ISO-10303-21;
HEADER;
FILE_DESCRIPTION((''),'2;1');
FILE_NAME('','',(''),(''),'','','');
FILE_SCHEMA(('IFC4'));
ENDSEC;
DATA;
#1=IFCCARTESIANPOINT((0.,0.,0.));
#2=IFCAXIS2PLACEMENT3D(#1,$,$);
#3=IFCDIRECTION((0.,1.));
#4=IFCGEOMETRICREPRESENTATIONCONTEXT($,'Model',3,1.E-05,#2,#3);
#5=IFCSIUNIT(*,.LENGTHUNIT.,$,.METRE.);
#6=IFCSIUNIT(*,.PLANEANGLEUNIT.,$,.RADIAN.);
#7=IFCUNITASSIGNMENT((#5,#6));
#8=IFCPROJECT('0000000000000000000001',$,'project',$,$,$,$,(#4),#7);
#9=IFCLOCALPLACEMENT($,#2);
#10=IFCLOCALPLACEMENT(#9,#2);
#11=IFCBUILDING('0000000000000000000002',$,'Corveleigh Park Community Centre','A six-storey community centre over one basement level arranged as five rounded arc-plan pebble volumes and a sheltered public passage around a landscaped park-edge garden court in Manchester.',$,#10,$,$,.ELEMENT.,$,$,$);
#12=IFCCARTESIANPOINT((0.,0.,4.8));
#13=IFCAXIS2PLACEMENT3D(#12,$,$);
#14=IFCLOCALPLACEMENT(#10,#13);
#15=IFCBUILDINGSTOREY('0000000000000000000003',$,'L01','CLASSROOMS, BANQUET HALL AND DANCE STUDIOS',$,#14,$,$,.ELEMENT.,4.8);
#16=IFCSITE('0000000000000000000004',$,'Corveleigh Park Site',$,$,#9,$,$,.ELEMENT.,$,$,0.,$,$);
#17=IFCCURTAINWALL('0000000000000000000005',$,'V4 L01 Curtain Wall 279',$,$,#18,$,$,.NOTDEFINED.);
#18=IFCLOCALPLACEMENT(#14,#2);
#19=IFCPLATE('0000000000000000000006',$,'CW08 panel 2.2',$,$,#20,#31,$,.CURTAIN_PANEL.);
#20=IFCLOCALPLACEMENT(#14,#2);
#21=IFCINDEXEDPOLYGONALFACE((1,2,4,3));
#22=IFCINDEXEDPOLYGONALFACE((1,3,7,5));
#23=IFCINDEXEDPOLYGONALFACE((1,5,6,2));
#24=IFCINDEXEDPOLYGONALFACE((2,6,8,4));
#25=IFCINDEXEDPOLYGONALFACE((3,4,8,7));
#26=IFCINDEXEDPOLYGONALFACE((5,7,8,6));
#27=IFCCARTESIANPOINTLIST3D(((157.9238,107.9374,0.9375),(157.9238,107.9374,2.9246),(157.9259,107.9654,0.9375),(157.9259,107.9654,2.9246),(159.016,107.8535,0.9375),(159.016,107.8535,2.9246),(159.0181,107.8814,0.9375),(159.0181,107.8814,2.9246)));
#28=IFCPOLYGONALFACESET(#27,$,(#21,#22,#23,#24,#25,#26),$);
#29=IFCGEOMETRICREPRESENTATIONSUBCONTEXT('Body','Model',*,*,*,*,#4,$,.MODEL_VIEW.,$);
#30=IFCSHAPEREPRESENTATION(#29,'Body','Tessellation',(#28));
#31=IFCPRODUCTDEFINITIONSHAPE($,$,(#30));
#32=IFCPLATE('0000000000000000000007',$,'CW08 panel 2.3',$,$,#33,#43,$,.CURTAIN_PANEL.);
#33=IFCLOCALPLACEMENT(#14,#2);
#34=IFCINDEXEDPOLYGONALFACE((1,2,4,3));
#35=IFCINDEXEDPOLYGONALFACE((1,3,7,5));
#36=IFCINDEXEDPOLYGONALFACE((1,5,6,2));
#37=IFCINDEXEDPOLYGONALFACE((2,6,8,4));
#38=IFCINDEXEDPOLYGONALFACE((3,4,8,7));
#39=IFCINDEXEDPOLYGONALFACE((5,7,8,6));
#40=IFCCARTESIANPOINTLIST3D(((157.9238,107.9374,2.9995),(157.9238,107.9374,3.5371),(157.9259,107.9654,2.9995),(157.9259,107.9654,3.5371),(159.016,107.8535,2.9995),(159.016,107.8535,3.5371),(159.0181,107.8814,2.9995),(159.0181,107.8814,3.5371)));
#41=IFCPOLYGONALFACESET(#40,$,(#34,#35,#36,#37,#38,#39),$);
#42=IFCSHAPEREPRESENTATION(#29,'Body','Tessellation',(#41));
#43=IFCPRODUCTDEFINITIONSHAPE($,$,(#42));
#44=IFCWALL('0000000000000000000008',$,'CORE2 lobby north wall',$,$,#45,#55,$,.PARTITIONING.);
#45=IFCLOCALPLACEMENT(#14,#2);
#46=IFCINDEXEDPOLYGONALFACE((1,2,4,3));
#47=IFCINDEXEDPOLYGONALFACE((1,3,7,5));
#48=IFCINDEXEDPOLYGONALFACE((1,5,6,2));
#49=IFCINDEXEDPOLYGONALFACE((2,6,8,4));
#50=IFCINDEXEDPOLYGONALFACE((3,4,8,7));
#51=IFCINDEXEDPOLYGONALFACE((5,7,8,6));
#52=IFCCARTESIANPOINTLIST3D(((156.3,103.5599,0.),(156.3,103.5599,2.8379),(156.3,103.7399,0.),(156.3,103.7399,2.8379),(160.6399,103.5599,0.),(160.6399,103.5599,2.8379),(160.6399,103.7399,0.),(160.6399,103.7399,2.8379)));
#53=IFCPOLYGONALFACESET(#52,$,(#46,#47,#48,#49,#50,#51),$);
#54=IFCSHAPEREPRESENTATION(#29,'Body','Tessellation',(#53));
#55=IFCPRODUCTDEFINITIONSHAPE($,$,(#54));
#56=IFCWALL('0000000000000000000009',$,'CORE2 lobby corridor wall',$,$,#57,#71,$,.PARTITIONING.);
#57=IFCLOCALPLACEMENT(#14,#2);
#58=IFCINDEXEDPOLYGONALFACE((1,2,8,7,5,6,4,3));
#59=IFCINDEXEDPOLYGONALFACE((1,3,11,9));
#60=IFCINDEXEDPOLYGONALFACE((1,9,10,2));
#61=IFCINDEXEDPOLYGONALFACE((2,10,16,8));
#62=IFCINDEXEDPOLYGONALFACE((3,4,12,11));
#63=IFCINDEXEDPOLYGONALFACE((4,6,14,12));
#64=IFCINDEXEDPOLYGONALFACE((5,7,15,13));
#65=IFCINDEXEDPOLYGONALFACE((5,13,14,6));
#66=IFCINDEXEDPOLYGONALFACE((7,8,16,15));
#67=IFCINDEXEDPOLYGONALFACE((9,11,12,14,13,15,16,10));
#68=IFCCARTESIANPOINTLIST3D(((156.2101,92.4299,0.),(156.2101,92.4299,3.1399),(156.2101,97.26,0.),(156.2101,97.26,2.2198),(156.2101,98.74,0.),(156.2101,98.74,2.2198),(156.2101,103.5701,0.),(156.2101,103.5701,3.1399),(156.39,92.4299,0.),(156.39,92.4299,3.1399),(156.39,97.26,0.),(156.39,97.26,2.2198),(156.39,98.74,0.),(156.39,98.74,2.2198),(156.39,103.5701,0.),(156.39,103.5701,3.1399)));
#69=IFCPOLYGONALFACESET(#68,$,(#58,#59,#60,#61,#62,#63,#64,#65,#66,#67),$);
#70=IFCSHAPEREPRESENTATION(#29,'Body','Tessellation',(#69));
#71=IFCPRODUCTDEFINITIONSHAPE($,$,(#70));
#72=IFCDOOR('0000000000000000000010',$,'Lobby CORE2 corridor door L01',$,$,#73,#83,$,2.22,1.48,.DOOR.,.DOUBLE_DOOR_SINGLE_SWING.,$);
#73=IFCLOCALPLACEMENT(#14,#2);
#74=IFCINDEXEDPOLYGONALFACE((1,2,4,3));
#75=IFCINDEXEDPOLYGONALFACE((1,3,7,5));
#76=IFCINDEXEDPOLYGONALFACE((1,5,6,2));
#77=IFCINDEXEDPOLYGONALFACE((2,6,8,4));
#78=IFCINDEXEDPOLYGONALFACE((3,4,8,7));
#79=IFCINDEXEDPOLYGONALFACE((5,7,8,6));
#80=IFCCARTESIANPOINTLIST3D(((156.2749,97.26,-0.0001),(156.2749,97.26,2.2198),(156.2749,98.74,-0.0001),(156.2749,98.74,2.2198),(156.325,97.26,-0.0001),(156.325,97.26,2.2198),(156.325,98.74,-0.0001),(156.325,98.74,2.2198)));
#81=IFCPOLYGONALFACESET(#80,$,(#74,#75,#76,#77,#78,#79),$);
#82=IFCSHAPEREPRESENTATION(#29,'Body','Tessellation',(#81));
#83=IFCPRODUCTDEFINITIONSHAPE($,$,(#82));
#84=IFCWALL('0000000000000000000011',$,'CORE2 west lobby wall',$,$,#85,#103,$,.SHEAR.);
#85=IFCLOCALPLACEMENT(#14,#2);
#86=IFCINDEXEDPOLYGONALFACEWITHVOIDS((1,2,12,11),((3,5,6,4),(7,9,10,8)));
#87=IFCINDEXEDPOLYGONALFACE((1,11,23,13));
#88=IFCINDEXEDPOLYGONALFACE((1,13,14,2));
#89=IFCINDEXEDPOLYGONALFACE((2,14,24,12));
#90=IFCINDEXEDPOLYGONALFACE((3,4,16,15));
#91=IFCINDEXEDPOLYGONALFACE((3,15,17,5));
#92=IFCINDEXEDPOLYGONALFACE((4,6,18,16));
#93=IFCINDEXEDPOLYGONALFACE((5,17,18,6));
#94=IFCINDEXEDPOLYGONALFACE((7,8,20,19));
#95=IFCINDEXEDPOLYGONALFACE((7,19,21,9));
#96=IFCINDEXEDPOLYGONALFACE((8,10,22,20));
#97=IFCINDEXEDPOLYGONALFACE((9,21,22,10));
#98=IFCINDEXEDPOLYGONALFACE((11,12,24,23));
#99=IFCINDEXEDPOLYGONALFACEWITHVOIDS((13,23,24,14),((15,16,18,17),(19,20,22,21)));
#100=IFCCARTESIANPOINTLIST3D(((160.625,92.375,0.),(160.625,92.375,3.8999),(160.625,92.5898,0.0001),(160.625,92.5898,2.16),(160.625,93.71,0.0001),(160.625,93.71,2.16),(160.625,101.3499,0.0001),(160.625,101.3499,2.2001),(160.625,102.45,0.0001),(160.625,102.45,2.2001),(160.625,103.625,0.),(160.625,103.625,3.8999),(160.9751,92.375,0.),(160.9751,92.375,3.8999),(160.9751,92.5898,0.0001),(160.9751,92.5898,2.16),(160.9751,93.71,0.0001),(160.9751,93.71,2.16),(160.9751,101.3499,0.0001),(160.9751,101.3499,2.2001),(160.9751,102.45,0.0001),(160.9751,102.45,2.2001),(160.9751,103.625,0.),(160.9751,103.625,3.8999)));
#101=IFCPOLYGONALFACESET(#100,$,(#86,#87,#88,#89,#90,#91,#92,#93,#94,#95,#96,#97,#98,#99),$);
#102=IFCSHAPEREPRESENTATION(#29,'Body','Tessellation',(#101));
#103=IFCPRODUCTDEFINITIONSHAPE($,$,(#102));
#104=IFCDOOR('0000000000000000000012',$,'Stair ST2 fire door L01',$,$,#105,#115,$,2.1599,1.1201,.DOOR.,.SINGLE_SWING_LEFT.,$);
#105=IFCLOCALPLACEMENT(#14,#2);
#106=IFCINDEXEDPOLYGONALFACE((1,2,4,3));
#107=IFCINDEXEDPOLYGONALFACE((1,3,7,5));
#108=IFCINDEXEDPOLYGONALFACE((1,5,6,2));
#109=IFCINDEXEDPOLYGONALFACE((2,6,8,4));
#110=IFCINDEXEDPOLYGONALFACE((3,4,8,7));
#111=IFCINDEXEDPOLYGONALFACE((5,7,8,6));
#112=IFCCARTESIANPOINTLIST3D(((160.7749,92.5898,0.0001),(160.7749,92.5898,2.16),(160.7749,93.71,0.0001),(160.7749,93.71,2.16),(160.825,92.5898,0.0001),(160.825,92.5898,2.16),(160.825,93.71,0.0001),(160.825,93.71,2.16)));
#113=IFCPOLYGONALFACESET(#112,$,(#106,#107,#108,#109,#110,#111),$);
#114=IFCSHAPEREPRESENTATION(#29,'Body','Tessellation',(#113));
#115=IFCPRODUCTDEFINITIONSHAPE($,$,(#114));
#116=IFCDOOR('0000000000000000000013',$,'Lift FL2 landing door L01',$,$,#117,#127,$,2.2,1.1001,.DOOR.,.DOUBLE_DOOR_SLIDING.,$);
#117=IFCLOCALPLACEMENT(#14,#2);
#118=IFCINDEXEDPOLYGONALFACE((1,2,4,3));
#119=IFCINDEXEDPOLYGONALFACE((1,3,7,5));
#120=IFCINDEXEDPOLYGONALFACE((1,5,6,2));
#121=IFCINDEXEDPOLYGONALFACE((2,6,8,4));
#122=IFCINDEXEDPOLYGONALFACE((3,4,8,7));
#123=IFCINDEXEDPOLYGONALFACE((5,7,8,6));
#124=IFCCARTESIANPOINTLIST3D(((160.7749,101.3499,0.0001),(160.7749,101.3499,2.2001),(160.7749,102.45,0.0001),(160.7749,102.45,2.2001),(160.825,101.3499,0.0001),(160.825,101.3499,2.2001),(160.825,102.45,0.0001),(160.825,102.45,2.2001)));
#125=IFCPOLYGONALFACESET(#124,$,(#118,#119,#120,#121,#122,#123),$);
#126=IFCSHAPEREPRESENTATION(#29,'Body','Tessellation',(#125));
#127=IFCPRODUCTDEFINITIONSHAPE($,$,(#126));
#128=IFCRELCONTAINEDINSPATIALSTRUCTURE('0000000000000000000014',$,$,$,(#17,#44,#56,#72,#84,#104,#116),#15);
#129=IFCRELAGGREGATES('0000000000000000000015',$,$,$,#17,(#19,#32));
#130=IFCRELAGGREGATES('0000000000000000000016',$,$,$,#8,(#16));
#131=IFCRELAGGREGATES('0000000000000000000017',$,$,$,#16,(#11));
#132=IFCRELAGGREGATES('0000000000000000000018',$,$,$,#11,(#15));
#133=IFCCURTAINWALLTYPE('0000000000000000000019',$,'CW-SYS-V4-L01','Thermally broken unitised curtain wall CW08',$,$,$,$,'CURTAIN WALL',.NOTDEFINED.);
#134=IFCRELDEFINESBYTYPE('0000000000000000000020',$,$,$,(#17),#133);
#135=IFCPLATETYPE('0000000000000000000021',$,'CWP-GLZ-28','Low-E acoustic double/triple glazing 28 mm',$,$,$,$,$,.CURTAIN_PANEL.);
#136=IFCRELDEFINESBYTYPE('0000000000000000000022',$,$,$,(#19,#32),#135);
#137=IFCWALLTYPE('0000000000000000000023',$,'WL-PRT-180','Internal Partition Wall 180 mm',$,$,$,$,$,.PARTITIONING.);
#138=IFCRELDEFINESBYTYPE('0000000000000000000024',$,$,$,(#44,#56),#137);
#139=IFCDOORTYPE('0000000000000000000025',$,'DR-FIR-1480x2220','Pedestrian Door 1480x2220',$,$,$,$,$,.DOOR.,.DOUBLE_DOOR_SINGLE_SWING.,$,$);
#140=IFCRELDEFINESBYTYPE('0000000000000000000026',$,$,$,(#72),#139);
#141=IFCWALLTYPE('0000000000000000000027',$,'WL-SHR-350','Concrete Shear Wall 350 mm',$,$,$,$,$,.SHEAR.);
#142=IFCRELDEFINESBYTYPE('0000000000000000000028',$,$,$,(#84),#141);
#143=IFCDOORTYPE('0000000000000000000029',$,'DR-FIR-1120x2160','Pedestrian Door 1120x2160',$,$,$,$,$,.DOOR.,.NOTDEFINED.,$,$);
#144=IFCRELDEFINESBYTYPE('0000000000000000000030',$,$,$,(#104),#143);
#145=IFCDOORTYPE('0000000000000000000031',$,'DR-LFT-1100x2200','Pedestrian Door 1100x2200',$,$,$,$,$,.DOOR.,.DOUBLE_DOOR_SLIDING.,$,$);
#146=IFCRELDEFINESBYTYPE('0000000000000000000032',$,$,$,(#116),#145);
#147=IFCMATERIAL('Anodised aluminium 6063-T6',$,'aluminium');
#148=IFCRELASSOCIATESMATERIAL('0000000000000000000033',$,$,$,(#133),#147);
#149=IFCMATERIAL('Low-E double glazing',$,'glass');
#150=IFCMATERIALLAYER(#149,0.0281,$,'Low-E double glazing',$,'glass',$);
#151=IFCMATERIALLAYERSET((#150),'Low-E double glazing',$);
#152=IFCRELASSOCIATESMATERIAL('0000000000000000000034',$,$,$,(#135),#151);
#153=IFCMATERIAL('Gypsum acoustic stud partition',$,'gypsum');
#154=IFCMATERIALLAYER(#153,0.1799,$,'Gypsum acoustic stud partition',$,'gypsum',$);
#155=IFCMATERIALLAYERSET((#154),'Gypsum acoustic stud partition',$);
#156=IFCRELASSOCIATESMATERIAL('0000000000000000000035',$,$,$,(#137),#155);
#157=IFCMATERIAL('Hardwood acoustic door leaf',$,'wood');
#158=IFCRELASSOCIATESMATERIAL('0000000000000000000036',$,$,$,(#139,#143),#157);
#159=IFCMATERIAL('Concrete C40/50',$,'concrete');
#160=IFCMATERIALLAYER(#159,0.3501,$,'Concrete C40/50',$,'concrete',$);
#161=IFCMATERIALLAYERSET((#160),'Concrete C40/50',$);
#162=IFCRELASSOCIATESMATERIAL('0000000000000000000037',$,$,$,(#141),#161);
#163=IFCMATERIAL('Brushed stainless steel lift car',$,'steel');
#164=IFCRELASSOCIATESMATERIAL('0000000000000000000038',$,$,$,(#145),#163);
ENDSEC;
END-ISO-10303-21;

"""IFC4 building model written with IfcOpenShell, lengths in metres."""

from ifc_helpers import new_model, si_unit, direction, frame, frame_2d, origin, origin_2d, place, context, subcontext, project, spatial, rectangle, extrude, material, layer, layer_set, type_object, element, fill, aggregate, save


model = new_model("IFC4")

# Units and contexts
model_context = context("Model", 3, precision=1e-05, world=origin(), true_north=direction((0.0, 1.0)))
body_context = subcontext(model_context, "Body", "Model", "MODEL_VIEW")
ifc_project = project(units=[si_unit("LENGTHUNIT", "METRE"), si_unit("PLANEANGLEUNIT", "RADIAN")], contexts=[model_context])

# Site, building, storey
site_placement = place(None, origin())
site = spatial("IfcSite", under=ifc_project, at=site_placement, Name="Corveleigh Park Site", CompositionType="ELEMENT", RefElevation=0.0)
building_placement = place(site_placement, origin())
building = spatial("IfcBuilding", under=site, at=building_placement, Name="Corveleigh Park Community Centre", Description="A six-storey community centre over one basement level arranged as five rounded arc-plan pebble volumes and a sheltered public passage around a landscaped park-edge garden court in Manchester.", CompositionType="ELEMENT")
storey_placement = place(building_placement, frame((0.0, 0.0, 4.8)))
storey = spatial("IfcBuildingStorey", under=building, at=storey_placement, Name="L01", Description="CLASSROOMS, BANQUET HALL AND DANCE STUDIOS", CompositionType="ELEMENT", Elevation=4.8)

# Shared definitions
ifc_material_1 = material(Name="Concrete C40/50", Category="concrete")

# Shared definitions
ifc_material_2 = material(Name="Anodised aluminium 6063-T6", Category="aluminium")
curtain_wall_type = type_object("IfcCurtainWallType", Name="CW-SYS-V4-L01", Description="Thermally broken unitised curtain wall CW08", ElementType="CURTAIN WALL", PredefinedType="NOTDEFINED", material=ifc_material_2)

# Curtain wall
curtain_wall_1_placement = place(storey_placement, origin())
curtain_wall_1 = element("IfcCurtainWall", 1, at=curtain_wall_1_placement, inside=storey, type_object=curtain_wall_type, Name="V4 L01 Curtain Wall 279", PredefinedType="NOTDEFINED")

# Plates
ifc_material_3 = material(Name="Low-E double glazing", Category="glass")
ifc_layer_1 = layer(ifc_material_3, 0.0281, Name="Low-E double glazing", Category="glass")
ifc_layer_set_1 = layer_set([ifc_layer_1], Name="Low-E double glazing")
plate_type_1 = type_object("IfcPlateType", Name="CWP-GLZ-28", Description="Low-E acoustic double/triple glazing 28 mm", PredefinedType="CURTAIN_PANEL", material=ifc_layer_set_1)
plate_1_placement = place(storey_placement, frame((158.4709, 107.9094, 0.9375), z_axis=(0.0, 0.0, 1.0), x_axis=(0.997059, -0.076633, 0.0)))
plate_1 = element("IfcPlate", 2, at=plate_1_placement, type_object=plate_type_1, Name="CW08 panel 2.2", PredefinedType="CURTAIN_PANEL", context=body_context, shape_type="SweptSolid", body=[
    extrude(rectangle(XDim=1.0955, YDim=0.0281, at=origin_2d()), origin(), (0.0, 0.0, 1.0), 1.9871),
])
plate_2_placement = place(storey_placement, frame((158.4709, 107.9094, 2.9995), z_axis=(0.0, 0.0, 1.0), x_axis=(0.997059, -0.076633, 0.0)))
plate_2 = element("IfcPlate", 3, at=plate_2_placement, type_object=plate_type_1, Name="CW08 panel 2.3", PredefinedType="CURTAIN_PANEL", context=body_context, shape_type="SweptSolid", body=[
    extrude(rectangle(XDim=1.0955, YDim=0.0281, at=origin_2d()), origin(), (0.0, 0.0, 1.0), 0.5376),
])
aggregate(curtain_wall_1, [plate_1, plate_2])

# Wall
ifc_material_4 = material(Name="Gypsum acoustic stud partition", Category="gypsum")
ifc_layer_2 = layer(ifc_material_4, 0.1799, Name="Gypsum acoustic stud partition", Category="gypsum")
ifc_layer_set_2 = layer_set([ifc_layer_2], Name="Gypsum acoustic stud partition")
wall_type_1 = type_object("IfcWallType", Name="WL-PRT-180", Description="Internal Partition Wall 180 mm", PredefinedType="PARTITIONING", material=ifc_layer_set_2)
wall_1_placement = place(storey_placement, frame((160.6399, 103.6499, 0.0), z_axis=(0.0, 0.0, 1.0), x_axis=(-1.0, 0.0, 0.0)))
element("IfcWall", 4, at=wall_1_placement, inside=storey, type_object=wall_type_1, Name="CORE2 lobby north wall", PredefinedType="PARTITIONING", context=body_context, shape_type="SweptSolid", body=[
    extrude(rectangle(XDim=4.3398, YDim=0.1799, at=frame_2d((2.1699, 0.0))), origin(), (0.0, 0.0, 1.0), 2.8379),
])

# Wall, opening, door
wall_2_placement = place(storey_placement, frame((156.3, 103.5701, 0.0), z_axis=(0.0, 0.0, 1.0), x_axis=(0.0, -1.0, 0.0)))
wall_2 = element("IfcWall", 5, at=wall_2_placement, inside=storey, type_object=wall_type_1, Name="CORE2 lobby corridor wall", PredefinedType="PARTITIONING", context=body_context, shape_type="SweptSolid", body=[
    extrude(rectangle(XDim=11.1401, YDim=0.1799, at=frame_2d((5.5701, 0.0))), origin(), (0.0, 0.0, 1.0), 3.1399),
])
opening_1_placement = place(wall_2_placement, frame((4.8301, 0.0, 0.0)))
opening_1 = element("IfcOpeningElement", 6, at=opening_1_placement, cuts=wall_2, PredefinedType="OPENING", context=body_context, shape_type="SweptSolid", body=[
    extrude(rectangle(XDim=1.48, YDim=2.22, at=frame_2d((0.74, 1.1099))), frame((0.0, 0.0999, 0.0), z_axis=(0.0, -1.0, 0.0), x_axis=(1.0, 0.0, 0.0)), (0.0, 0.0, 1.0), 0.2),
])
ifc_material_5 = material(Name="Hardwood acoustic door leaf", Category="wood")
door_type_1 = type_object("IfcDoorType", Name="DR-FIR-1480x2220", Description="Pedestrian Door 1480x2220", OperationType="DOUBLE_DOOR_SINGLE_SWING", PredefinedType="DOOR", material=ifc_material_5)
door_1_placement = place(opening_1_placement, origin())
door_1 = element("IfcDoor", 7, at=door_1_placement, inside=storey, type_object=door_type_1, Name="Lobby CORE2 corridor door L01", OperationType="DOUBLE_DOOR_SINGLE_SWING", OverallHeight=2.22, OverallWidth=1.48, PredefinedType="DOOR", context=body_context, shape_type="SweptSolid", body=[
    extrude(rectangle(XDim=1.48, YDim=2.22, at=frame_2d((0.74, 1.1099))), frame((0.0, 0.0249, 0.0), z_axis=(0.0, -1.0, 0.0), x_axis=(1.0, 0.0, 0.0)), (0.0, 0.0, 1.0), 0.05),
])
fill(opening_1, door_1)

# Wall, openings, doors
ifc_layer_3 = layer(ifc_material_1, 0.3501, Name="Concrete C40/50", Category="concrete")
ifc_layer_set_3 = layer_set([ifc_layer_3], Name="Concrete C40/50")
wall_type_2 = type_object("IfcWallType", Name="WL-SHR-350", Description="Concrete Shear Wall 350 mm", PredefinedType="SHEAR", material=ifc_layer_set_3)
wall_3_placement = place(storey_placement, frame((160.8, 103.625, 0.0), z_axis=(0.0, 0.0, 1.0), x_axis=(0.0, -1.0, 0.0)))
wall_3 = element("IfcWall", 8, at=wall_3_placement, inside=storey, type_object=wall_type_2, Name="CORE2 west lobby wall", PredefinedType="SHEAR", context=body_context, shape_type="SweptSolid", body=[
    extrude(rectangle(XDim=11.25, YDim=0.3501, at=frame_2d((5.625, 0.0))), origin(), (0.0, 0.0, 1.0), 3.8999),
])
opening_2_placement = place(wall_3_placement, frame((1.175, 0.0, 0.0)))
opening_2 = element("IfcOpeningElement", 9, at=opening_2_placement, cuts=wall_3, PredefinedType="OPENING", context=body_context, shape_type="SweptSolid", body=[
    extrude(rectangle(XDim=1.1001, YDim=2.2, at=frame_2d((0.55, 1.1001))), frame((0.0, 0.1851, 0.0), z_axis=(0.0, -1.0, 0.0), x_axis=(1.0, 0.0, 0.0)), (0.0, 0.0, 1.0), 0.3701),
])
opening_3_placement = place(wall_3_placement, frame((9.915, 0.0, 0.0)))
opening_3 = element("IfcOpeningElement", 10, at=opening_3_placement, cuts=wall_3, PredefinedType="OPENING", context=body_context, shape_type="SweptSolid", body=[
    extrude(rectangle(XDim=1.1201, YDim=2.1599, at=frame_2d((0.5601, 1.0801))), frame((0.0, 0.1851, 0.0), z_axis=(0.0, -1.0, 0.0), x_axis=(1.0, 0.0, 0.0)), (0.0, 0.0, 1.0), 0.3701),
])
door_type_2 = type_object("IfcDoorType", Name="DR-FIR-1120x2160", Description="Pedestrian Door 1120x2160", OperationType="NOTDEFINED", PredefinedType="DOOR", material=ifc_material_5)
door_2_placement = place(opening_3_placement, origin())
door_2 = element("IfcDoor", 11, at=door_2_placement, inside=storey, type_object=door_type_2, Name="Stair ST2 fire door L01", OperationType="SINGLE_SWING_LEFT", OverallHeight=2.1599, OverallWidth=1.1201, PredefinedType="DOOR", context=body_context, shape_type="SweptSolid", body=[
    extrude(rectangle(XDim=1.1201, YDim=2.1599, at=frame_2d((0.5601, 1.0801))), frame((0.0, 0.0249, 0.0), z_axis=(0.0, -1.0, 0.0), x_axis=(1.0, 0.0, 0.0)), (0.0, 0.0, 1.0), 0.05),
])
fill(opening_3, door_2)
ifc_material_6 = material(Name="Brushed stainless steel lift car", Category="steel")
door_type_3 = type_object("IfcDoorType", Name="DR-LFT-1100x2200", Description="Pedestrian Door 1100x2200", OperationType="DOUBLE_DOOR_SLIDING", PredefinedType="DOOR", material=ifc_material_6)
door_3_placement = place(opening_2_placement, origin())
door_3 = element("IfcDoor", 12, at=door_3_placement, inside=storey, type_object=door_type_3, Name="Lift FL2 landing door L01", OperationType="DOUBLE_DOOR_SLIDING", OverallHeight=2.2, OverallWidth=1.1001, PredefinedType="DOOR", context=body_context, shape_type="SweptSolid", body=[
    extrude(rectangle(XDim=1.1001, YDim=2.2, at=frame_2d((0.55, 1.1001))), frame((0.0, 0.0249, 0.0), z_axis=(0.0, -1.0, 0.0), x_axis=(1.0, 0.0, 0.0)), (0.0, 0.0, 1.0), 0.05),
])
fill(opening_2, door_3)

save(model, "model.ifc")
